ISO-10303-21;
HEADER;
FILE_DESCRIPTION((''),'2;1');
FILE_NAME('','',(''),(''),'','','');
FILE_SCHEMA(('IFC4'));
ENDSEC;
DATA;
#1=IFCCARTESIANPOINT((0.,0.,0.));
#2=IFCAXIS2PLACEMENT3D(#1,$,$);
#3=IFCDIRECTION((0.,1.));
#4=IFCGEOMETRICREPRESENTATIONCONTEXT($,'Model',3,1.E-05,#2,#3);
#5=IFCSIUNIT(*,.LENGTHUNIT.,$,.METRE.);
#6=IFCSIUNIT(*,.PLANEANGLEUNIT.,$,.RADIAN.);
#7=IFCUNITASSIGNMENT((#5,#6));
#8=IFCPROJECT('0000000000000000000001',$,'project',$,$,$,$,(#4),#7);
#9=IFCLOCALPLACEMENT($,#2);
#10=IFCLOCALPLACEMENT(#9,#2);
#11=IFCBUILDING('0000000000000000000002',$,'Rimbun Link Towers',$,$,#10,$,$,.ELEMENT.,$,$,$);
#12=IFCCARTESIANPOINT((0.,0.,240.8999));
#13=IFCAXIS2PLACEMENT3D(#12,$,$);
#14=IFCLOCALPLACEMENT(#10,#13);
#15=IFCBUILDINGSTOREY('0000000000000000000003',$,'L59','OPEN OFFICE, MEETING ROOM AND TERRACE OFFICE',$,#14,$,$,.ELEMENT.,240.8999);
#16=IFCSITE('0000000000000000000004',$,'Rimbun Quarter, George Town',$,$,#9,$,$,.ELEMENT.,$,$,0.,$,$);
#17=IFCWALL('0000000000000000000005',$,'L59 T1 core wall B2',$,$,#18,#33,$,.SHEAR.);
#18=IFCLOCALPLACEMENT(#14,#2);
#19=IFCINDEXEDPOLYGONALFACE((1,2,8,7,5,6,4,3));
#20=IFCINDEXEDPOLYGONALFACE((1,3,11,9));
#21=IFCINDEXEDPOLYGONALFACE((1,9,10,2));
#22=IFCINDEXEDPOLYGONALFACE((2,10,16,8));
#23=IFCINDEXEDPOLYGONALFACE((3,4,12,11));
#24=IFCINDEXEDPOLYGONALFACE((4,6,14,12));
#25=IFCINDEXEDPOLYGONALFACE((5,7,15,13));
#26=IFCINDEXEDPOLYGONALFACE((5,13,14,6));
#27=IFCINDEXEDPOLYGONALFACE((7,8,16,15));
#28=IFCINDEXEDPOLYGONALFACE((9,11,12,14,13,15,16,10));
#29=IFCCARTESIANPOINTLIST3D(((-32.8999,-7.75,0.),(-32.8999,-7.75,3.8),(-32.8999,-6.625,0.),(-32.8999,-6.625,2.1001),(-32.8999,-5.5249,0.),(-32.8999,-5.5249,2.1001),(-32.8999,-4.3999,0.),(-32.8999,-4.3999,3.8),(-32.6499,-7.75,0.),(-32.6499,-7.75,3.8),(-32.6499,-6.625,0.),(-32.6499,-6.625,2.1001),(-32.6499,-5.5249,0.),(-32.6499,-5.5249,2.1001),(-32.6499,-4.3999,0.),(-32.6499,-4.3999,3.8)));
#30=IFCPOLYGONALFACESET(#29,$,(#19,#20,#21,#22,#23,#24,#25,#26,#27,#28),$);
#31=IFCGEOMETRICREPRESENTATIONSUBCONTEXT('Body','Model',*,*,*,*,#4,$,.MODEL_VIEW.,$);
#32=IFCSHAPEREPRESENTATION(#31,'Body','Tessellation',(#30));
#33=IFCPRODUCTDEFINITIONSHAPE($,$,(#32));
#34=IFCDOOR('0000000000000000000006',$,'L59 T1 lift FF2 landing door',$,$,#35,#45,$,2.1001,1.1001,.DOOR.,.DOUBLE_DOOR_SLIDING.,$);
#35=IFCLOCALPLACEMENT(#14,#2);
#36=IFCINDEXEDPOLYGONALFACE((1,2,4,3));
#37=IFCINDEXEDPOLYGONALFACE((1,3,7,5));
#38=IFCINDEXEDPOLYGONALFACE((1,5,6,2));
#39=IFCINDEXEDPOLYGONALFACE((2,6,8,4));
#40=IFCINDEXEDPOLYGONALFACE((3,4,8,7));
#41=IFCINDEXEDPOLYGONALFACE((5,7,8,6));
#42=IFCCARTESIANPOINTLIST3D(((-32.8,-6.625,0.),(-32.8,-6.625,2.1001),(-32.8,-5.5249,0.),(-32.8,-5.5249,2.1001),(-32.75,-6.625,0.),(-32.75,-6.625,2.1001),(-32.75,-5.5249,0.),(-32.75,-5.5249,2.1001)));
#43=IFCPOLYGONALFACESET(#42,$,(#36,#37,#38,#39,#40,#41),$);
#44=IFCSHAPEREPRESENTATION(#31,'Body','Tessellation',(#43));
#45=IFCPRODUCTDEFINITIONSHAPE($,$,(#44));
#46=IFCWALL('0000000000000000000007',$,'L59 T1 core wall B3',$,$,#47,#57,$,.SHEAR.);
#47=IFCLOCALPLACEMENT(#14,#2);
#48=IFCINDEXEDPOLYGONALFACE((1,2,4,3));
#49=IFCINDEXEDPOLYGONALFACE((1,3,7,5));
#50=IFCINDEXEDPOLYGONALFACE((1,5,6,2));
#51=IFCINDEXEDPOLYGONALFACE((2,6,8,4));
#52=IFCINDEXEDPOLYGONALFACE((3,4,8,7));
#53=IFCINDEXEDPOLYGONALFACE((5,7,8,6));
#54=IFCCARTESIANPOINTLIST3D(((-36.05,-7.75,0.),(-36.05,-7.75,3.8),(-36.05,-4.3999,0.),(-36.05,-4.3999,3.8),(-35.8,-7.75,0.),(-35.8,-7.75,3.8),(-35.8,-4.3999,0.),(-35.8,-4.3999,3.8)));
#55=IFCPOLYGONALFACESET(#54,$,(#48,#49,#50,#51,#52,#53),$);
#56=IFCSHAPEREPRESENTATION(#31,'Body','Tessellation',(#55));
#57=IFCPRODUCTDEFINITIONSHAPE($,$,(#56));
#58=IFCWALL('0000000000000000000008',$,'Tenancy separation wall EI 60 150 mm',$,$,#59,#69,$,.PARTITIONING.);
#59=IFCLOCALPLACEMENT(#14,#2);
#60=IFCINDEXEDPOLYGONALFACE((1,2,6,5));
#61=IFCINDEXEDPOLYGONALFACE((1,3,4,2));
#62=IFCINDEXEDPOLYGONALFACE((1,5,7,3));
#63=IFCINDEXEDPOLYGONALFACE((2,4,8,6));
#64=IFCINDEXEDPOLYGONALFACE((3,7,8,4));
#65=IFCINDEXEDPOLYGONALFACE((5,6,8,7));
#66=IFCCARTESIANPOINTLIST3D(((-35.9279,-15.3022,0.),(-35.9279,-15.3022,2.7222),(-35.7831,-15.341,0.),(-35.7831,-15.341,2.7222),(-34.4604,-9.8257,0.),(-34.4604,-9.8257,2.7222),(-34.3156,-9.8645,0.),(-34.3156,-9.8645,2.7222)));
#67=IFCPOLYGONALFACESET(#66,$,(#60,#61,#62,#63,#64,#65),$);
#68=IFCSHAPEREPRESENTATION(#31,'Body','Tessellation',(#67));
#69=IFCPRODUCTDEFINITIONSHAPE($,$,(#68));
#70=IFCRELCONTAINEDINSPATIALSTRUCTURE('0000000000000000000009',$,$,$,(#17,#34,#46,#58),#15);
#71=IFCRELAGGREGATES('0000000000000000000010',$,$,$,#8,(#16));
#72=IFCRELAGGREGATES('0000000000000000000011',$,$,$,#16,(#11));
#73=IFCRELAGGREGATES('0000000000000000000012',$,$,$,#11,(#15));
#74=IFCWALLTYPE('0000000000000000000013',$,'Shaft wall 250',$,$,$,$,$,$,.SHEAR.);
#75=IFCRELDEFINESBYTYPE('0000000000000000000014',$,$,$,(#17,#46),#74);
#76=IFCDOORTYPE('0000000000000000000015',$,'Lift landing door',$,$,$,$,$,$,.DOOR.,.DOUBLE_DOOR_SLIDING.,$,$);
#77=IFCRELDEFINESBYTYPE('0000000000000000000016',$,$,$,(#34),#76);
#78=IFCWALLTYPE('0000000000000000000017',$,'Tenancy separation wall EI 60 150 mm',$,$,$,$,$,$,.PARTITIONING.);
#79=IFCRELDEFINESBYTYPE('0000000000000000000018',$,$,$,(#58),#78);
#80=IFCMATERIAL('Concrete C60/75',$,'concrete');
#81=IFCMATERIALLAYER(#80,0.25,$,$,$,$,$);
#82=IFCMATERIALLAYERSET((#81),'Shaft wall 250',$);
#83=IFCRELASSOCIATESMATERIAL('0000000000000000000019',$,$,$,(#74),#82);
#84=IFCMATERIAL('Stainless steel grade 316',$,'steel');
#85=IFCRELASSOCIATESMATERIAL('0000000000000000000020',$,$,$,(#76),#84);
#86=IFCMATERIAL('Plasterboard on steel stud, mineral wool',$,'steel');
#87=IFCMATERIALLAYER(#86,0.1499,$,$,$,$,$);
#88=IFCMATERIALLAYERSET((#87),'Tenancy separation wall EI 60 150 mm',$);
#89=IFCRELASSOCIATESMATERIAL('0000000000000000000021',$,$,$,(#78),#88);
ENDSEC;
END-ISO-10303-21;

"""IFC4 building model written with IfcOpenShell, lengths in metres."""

from ifc_helpers import new_model, si_unit, direction, frame, frame_2d, origin, place, context, subcontext, project, spatial, rectangle, extrude, material, layer, layer_set, type_object, element, fill, save


model = new_model("IFC4")

# Units and contexts
model_context = context("Model", 3, precision=1e-05, world=origin(), true_north=direction((0.0, 1.0)))
body_context = subcontext(model_context, "Body", "Model", "MODEL_VIEW")
ifc_project = project(units=[si_unit("LENGTHUNIT", "METRE"), si_unit("PLANEANGLEUNIT", "RADIAN")], contexts=[model_context])

# Site, building, storey
site_placement = place(None, origin())
site = spatial("IfcSite", under=ifc_project, at=site_placement, Name="Rimbun Quarter, George Town", CompositionType="ELEMENT", RefElevation=0.0)
building_placement = place(site_placement, origin())
building = spatial("IfcBuilding", under=site, at=building_placement, Name="Rimbun Link Towers", CompositionType="ELEMENT")
storey_placement = place(building_placement, frame((0.0, 0.0, 240.8999)))
storey = spatial("IfcBuildingStorey", under=building, at=storey_placement, Name="L59", Description="OPEN OFFICE, MEETING ROOM AND TERRACE OFFICE", CompositionType="ELEMENT", Elevation=240.8999)

# Shared definitions
ifc_material_1 = material(Name="Concrete C60/75", Category="concrete")
ifc_layer_1 = layer(ifc_material_1, 0.25)
ifc_layer_set_1 = layer_set([ifc_layer_1], Name="Shaft wall 250")
wall_type_1 = type_object("IfcWallType", Name="Shaft wall 250", PredefinedType="SHEAR", material=ifc_layer_set_1)
ifc_material_2 = material(Name="Stainless steel grade 316", Category="steel")
door_type = type_object("IfcDoorType", Name="Lift landing door", OperationType="DOUBLE_DOOR_SLIDING", PredefinedType="DOOR", material=ifc_material_2)

# Wall, opening, door
wall_1_placement = place(storey_placement, frame((-32.7749, -4.3999, 0.0), z_axis=(0.0, 0.0, 1.0), x_axis=(0.0, -1.0, 0.0)))
wall_1 = element("IfcWall", 1, at=wall_1_placement, inside=storey, type_object=wall_type_1, Name="L59 T1 core wall B2", PredefinedType="SHEAR", context=body_context, shape_type="SweptSolid", body=[
    extrude(rectangle(XDim=3.3501, YDim=0.25, at=frame_2d((1.675, 0.0))), origin(), (0.0, 0.0, 1.0), 3.8),
])
opening_1_placement = place(wall_1_placement, frame((1.125, 0.0, 0.0)))
opening_1 = element("IfcOpeningElement", 2, at=opening_1_placement, cuts=wall_1, PredefinedType="OPENING", context=body_context, shape_type="SweptSolid", body=[
    extrude(rectangle(XDim=1.1001, YDim=2.1001, at=frame_2d((0.55, 1.05))), frame((0.0, 0.135, 0.0), z_axis=(0.0, -1.0, 0.0), x_axis=(1.0, 0.0, 0.0)), (0.0, 0.0, 1.0), 0.27),
])
door_1_placement = place(opening_1_placement, origin())
door_1 = element("IfcDoor", 3, at=door_1_placement, inside=storey, type_object=door_type, Name="L59 T1 lift FF2 landing door", OperationType="DOUBLE_DOOR_SLIDING", OverallHeight=2.1001, OverallWidth=1.1001, PredefinedType="DOOR", context=body_context, shape_type="SweptSolid", body=[
    extrude(rectangle(XDim=1.1001, YDim=2.1001, at=frame_2d((0.55, 1.05))), frame((0.0, 0.0249, 0.0), z_axis=(0.0, -1.0, 0.0), x_axis=(1.0, 0.0, 0.0)), (0.0, 0.0, 1.0), 0.05),
])
fill(opening_1, door_1)

# Walls
wall_2_placement = place(storey_placement, frame((-35.925, -4.3999, 0.0), z_axis=(0.0, 0.0, 1.0), x_axis=(0.0, -1.0, 0.0)))
element("IfcWall", 4, at=wall_2_placement, inside=storey, type_object=wall_type_1, Name="L59 T1 core wall B3", PredefinedType="SHEAR", context=body_context, shape_type="SweptSolid", body=[
    extrude(rectangle(XDim=3.3501, YDim=0.25, at=frame_2d((1.675, 0.0))), origin(), (0.0, 0.0, 1.0), 3.8),
])
ifc_material_3 = material(Name="Plasterboard on steel stud, mineral wool", Category="steel")
ifc_layer_2 = layer(ifc_material_3, 0.1499)
ifc_layer_set_2 = layer_set([ifc_layer_2], Name="Tenancy separation wall EI 60 150 mm")
wall_type_2 = type_object("IfcWallType", Name="Tenancy separation wall EI 60 150 mm", PredefinedType="PARTITIONING", material=ifc_layer_set_2)
wall_3_placement = place(storey_placement, frame((-34.3879, -9.845, 0.0), z_axis=(0.0, 0.0, 1.0), x_axis=(-0.258834, -0.965922, 0.0)))
element("IfcWall", 5, at=wall_3_placement, inside=storey, type_object=wall_type_2, Name="Tenancy separation wall EI 60 150 mm", PredefinedType="PARTITIONING", context=body_context, shape_type="SweptSolid", body=[
    extrude(rectangle(XDim=5.6697, YDim=0.1499, at=frame_2d((2.835, 0.0))), origin(), (0.0, 0.0, 1.0), 2.7222),
])

save(model, "model.ifc")
